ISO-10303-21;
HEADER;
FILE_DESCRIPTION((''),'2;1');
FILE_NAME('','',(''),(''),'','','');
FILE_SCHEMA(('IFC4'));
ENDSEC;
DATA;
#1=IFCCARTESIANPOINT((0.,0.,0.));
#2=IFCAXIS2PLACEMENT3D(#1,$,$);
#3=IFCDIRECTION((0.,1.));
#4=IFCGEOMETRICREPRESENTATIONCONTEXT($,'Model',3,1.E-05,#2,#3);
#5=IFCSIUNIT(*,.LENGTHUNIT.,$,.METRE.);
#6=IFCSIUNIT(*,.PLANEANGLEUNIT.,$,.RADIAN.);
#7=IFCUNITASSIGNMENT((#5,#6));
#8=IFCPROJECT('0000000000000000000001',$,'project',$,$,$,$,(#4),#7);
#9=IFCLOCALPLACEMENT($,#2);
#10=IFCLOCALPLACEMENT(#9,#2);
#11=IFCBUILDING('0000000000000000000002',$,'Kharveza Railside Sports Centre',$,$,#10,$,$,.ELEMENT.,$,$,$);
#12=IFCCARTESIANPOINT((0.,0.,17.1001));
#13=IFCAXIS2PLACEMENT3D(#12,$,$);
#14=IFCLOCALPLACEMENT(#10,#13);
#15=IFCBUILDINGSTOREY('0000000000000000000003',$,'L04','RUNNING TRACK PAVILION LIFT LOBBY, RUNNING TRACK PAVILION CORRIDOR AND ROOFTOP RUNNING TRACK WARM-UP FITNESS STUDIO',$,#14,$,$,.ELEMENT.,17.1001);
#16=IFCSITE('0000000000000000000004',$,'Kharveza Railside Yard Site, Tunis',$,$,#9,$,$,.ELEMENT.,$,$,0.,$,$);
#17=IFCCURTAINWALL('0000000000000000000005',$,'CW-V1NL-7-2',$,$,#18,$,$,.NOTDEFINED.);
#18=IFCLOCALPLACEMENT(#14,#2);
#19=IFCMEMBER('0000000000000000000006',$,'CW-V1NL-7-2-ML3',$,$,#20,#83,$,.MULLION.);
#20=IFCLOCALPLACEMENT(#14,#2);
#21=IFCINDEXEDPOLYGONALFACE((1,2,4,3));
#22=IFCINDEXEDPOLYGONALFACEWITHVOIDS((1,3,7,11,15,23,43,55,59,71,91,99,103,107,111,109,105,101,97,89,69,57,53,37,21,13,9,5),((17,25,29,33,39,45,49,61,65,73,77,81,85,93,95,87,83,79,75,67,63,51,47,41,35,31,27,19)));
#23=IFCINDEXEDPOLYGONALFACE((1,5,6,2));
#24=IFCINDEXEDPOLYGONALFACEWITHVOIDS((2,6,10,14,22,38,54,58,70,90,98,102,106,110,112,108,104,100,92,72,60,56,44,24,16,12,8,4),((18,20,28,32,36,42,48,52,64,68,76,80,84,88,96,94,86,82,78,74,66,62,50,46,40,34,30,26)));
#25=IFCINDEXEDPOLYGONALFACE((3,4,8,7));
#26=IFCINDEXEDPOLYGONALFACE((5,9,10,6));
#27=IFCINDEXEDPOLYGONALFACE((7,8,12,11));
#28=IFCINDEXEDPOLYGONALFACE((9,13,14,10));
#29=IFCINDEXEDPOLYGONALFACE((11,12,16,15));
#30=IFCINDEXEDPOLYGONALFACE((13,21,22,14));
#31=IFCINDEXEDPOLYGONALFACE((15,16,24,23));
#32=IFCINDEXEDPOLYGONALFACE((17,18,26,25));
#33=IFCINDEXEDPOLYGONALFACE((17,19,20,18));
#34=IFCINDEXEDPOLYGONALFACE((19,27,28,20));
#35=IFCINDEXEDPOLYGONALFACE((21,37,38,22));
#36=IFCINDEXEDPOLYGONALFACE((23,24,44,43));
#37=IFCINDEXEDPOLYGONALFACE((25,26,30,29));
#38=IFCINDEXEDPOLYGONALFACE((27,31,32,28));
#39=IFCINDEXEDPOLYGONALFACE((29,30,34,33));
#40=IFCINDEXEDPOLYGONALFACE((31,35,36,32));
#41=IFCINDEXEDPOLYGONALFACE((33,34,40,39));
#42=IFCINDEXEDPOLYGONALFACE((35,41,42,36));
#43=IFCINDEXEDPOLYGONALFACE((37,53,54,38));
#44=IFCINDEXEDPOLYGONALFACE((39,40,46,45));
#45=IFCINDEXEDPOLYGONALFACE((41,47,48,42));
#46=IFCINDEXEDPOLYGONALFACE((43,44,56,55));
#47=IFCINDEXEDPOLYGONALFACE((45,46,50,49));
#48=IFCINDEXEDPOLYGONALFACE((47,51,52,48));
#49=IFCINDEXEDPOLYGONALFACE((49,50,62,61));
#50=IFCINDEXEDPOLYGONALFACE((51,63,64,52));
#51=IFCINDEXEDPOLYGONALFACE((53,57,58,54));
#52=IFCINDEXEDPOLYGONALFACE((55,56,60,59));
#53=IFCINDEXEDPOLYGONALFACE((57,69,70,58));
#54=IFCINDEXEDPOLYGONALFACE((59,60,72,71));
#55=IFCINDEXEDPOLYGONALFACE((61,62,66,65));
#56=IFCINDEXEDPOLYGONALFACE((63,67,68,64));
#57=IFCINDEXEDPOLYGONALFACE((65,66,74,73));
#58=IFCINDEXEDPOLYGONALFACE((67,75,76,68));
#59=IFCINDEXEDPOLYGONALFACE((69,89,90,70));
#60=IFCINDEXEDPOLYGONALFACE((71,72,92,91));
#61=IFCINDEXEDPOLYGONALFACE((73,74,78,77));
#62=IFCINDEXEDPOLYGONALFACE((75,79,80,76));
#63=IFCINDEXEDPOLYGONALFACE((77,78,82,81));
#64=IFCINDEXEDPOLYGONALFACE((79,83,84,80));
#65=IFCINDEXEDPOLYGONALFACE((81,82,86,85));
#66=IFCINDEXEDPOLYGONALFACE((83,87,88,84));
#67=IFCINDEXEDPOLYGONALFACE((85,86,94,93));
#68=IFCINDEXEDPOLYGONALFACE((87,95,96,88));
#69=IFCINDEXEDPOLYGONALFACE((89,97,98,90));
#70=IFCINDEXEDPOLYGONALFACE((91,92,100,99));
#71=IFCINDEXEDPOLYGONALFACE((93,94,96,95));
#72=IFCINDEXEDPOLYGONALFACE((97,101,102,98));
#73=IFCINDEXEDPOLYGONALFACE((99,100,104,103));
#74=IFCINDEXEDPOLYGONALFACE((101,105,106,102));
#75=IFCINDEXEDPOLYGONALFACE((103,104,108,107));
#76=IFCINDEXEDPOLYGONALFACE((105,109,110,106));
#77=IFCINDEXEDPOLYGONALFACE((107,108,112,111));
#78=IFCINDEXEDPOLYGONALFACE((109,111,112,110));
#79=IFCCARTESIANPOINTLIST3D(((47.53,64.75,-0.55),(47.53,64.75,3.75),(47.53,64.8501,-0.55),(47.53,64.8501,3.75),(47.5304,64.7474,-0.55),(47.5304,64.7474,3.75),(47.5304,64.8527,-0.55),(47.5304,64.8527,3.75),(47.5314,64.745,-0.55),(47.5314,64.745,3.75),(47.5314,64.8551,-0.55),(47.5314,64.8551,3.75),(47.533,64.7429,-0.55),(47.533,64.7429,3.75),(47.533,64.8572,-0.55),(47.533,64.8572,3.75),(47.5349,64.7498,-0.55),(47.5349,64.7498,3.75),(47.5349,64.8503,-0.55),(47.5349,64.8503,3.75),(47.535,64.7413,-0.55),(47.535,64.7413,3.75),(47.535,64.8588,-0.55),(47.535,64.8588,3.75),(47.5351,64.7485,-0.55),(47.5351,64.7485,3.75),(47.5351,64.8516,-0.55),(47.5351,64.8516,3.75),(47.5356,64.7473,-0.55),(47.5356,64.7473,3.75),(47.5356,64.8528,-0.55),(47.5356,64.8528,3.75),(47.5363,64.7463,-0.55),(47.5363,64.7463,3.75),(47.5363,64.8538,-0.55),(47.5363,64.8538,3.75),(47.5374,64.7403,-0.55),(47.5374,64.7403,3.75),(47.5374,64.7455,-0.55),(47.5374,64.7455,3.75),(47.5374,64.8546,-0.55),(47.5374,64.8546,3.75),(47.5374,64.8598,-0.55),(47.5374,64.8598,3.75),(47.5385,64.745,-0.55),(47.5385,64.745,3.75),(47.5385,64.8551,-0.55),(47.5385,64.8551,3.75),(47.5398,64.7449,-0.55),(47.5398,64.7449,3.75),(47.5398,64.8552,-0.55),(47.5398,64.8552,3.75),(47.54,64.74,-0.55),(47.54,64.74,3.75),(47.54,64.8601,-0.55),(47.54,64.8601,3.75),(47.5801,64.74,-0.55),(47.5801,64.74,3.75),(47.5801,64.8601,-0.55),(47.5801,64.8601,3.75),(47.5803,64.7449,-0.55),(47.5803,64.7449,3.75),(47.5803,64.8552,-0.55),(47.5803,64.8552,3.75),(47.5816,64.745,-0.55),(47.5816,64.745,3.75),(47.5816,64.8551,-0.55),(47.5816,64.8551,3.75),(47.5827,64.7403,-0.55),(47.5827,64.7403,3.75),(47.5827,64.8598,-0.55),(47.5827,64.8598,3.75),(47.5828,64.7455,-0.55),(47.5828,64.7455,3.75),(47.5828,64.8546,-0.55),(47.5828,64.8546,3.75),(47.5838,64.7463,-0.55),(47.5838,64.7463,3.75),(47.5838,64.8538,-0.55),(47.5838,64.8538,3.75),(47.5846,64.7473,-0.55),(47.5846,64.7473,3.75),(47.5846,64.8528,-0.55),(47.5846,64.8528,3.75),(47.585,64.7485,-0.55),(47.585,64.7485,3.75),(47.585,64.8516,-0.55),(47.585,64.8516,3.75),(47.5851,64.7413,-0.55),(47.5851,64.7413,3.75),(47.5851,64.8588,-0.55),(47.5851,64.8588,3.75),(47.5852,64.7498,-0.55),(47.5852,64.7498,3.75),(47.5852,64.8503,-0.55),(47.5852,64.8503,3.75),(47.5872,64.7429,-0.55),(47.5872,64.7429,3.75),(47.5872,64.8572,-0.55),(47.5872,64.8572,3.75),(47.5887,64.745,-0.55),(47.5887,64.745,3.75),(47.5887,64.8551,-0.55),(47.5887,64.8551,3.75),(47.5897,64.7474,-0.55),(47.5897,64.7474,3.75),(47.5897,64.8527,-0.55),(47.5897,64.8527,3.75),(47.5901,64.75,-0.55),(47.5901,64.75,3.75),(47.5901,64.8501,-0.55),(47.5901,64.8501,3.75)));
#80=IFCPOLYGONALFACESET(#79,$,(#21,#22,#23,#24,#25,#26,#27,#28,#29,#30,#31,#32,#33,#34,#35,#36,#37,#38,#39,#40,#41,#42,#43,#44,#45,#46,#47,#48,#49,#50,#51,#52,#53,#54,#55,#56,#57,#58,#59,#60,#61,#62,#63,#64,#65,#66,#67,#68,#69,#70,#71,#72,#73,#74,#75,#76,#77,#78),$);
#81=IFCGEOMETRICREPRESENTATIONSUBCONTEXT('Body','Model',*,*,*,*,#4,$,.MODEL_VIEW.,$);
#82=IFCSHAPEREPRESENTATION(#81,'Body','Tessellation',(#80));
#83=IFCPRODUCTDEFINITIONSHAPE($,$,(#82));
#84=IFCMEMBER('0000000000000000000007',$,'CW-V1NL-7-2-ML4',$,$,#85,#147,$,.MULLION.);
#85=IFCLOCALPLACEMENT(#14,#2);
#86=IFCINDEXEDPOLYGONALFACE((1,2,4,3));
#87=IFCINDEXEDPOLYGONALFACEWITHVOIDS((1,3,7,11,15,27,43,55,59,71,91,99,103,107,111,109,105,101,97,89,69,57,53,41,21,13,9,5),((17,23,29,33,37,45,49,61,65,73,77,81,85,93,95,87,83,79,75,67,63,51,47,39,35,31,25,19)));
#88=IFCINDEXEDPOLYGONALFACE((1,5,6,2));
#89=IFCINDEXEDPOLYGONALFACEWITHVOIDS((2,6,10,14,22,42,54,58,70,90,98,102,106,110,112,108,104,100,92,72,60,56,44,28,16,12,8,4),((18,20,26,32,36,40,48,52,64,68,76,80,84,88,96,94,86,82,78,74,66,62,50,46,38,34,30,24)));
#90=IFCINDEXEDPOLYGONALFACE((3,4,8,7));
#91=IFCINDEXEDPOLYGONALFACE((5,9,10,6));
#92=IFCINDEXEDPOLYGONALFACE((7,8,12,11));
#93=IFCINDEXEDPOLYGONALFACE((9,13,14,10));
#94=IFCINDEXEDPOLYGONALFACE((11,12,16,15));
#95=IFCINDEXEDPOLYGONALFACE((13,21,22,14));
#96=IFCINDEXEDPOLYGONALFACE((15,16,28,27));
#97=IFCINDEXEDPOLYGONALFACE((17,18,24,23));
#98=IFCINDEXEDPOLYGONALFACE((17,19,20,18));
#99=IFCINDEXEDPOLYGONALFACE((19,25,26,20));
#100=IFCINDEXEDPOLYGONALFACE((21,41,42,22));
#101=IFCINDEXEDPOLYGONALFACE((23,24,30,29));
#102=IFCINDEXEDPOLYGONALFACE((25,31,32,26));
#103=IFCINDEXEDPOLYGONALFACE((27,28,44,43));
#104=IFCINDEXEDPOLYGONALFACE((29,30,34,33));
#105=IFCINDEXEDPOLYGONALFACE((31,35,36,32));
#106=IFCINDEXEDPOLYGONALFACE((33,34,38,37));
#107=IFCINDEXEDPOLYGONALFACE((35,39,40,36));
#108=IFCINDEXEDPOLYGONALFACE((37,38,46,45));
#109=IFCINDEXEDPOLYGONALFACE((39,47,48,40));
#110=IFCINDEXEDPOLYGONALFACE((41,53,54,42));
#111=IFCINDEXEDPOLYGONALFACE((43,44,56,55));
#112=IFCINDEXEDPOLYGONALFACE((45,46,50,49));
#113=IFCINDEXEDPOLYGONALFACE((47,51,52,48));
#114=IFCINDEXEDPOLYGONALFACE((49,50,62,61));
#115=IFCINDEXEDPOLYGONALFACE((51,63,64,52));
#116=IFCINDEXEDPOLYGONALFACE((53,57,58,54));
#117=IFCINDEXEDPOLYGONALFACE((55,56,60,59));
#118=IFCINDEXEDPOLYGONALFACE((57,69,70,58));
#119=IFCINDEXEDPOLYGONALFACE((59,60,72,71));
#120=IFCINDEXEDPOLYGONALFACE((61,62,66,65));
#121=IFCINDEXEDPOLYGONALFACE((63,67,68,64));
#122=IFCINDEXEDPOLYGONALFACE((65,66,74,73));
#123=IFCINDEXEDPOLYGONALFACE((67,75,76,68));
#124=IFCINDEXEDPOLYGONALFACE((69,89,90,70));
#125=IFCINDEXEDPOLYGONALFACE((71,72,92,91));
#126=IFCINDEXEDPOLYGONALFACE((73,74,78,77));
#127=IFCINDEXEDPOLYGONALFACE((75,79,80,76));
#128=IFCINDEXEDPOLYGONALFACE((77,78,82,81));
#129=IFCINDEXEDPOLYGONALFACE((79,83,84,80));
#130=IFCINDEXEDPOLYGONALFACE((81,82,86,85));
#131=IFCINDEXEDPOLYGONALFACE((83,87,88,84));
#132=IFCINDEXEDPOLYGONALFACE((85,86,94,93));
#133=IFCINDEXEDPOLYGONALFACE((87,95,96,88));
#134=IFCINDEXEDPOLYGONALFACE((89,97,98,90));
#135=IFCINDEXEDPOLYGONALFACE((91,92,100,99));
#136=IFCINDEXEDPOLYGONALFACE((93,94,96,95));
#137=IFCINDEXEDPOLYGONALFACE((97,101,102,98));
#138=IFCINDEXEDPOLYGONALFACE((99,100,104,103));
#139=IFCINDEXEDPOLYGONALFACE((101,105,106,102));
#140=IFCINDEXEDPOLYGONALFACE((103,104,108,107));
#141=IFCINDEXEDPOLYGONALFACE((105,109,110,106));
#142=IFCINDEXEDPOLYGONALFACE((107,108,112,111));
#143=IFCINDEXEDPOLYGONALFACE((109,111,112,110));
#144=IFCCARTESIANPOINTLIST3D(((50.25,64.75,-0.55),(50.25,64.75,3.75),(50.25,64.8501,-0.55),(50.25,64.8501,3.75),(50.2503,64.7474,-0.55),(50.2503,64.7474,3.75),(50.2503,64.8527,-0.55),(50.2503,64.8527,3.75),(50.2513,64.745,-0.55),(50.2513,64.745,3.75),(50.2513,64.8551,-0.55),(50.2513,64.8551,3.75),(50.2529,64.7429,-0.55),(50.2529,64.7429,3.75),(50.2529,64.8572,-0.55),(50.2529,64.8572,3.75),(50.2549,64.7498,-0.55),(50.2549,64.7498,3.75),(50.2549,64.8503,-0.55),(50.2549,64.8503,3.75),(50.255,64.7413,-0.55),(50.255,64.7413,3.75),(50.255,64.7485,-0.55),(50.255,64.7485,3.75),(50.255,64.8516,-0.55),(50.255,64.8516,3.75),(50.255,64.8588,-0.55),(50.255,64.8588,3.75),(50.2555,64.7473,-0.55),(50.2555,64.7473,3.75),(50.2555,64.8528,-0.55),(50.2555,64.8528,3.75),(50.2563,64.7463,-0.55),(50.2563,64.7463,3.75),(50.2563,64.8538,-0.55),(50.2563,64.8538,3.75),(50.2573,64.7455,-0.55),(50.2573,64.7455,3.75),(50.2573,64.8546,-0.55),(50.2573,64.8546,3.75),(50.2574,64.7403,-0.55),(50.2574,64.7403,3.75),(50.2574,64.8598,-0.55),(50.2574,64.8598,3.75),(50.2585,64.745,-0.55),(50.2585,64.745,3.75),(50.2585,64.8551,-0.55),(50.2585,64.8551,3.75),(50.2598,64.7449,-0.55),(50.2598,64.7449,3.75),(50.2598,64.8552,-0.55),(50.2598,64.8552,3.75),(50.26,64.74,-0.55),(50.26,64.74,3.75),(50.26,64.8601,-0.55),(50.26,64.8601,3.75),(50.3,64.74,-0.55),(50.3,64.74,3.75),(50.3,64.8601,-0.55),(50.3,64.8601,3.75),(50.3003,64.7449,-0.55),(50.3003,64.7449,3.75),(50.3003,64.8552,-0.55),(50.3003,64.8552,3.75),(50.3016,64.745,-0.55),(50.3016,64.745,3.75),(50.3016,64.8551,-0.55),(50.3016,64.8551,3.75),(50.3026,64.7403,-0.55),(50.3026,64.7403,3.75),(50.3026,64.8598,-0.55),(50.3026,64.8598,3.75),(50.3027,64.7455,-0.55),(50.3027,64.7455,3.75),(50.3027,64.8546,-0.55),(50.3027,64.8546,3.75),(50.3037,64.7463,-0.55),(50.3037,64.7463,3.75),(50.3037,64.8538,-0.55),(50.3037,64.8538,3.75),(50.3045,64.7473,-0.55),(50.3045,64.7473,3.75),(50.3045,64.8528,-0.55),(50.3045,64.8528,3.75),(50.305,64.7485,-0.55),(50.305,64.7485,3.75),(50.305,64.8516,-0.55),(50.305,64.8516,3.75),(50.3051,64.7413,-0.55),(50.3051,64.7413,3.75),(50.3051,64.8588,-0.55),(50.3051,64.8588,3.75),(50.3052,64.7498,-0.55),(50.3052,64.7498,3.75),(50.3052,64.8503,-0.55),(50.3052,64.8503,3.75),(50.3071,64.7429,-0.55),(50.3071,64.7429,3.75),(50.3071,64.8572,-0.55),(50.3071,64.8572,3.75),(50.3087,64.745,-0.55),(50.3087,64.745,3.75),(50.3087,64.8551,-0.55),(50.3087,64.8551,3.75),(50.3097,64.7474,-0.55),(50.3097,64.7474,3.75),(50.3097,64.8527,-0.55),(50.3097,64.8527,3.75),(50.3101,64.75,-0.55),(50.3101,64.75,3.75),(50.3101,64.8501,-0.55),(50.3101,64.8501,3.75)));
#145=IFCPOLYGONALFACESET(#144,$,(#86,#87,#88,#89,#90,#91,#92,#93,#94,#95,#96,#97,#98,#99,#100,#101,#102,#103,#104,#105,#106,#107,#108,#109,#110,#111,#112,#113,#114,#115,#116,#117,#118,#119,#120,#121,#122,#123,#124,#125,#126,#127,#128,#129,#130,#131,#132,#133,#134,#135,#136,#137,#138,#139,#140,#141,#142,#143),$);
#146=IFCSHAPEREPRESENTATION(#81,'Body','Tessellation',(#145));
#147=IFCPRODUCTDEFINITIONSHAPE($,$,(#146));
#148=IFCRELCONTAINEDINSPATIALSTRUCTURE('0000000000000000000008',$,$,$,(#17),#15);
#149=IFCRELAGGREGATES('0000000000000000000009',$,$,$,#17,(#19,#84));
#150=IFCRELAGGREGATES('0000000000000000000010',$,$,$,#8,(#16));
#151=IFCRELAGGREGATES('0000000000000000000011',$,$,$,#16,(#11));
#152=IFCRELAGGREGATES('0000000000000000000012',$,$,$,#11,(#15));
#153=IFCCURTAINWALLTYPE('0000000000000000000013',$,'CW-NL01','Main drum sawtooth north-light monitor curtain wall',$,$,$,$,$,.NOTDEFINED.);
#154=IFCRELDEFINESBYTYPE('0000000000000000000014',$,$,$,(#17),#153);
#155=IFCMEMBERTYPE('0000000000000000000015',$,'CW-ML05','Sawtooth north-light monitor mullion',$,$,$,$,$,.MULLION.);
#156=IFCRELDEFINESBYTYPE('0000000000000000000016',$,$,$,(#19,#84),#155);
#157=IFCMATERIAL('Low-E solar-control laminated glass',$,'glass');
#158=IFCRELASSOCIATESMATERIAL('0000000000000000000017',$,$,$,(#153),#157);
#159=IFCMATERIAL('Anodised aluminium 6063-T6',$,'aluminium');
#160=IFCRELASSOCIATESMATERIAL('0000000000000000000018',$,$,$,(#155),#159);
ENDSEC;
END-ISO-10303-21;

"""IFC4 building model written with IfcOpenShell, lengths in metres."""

from ifc_helpers import new_model, si_unit, direction, frame, origin, origin_2d, place, context, subcontext, project, spatial, hollow_rectangle, extrude, material, material_profile, profile_set, type_object, element, aggregate, save


model = new_model("IFC4")

# Units and contexts
model_context = context("Model", 3, precision=1e-05, world=origin(), true_north=direction((0.0, 1.0)))
body_context = subcontext(model_context, "Body", "Model", "MODEL_VIEW")
ifc_project = project(units=[si_unit("LENGTHUNIT", "METRE"), si_unit("PLANEANGLEUNIT", "RADIAN")], contexts=[model_context])

# Site, building, storey
site_placement = place(None, origin())
site = spatial("IfcSite", under=ifc_project, at=site_placement, Name="Kharveza Railside Yard Site, Tunis", CompositionType="ELEMENT", RefElevation=0.0)
building_placement = place(site_placement, origin())
building = spatial("IfcBuilding", under=site, at=building_placement, Name="Kharveza Railside Sports Centre", CompositionType="ELEMENT")
storey_placement = place(building_placement, frame((0.0, 0.0, 17.1001)))
storey = spatial("IfcBuildingStorey", under=building, at=storey_placement, Name="L04", Description="RUNNING TRACK PAVILION LIFT LOBBY, RUNNING TRACK PAVILION CORRIDOR AND ROOFTOP RUNNING TRACK WARM-UP FITNESS STUDIO", CompositionType="ELEMENT", Elevation=17.1001)

# Curtain wall, members
ifc_material_1 = material(Name="Low-E solar-control laminated glass", Category="glass")
curtain_wall_type = type_object("IfcCurtainWallType", Name="CW-NL01", Description="Main drum sawtooth north-light monitor curtain wall", PredefinedType="NOTDEFINED", material=ifc_material_1)
ifc_material_2 = material(Name="Anodised aluminium 6063-T6", Category="aluminium")
ifc_material_profile_1 = material_profile(ifc_material_2, hollow_rectangle(XDim=0.0601, YDim=0.1201, WallThickness=0.0049, InnerFilletRadius=0.0049, OuterFilletRadius=0.01, at=origin_2d()), Name="RHS 60x120x5.0")
ifc_profile_set_1 = profile_set([ifc_material_profile_1], Name="Anodised aluminium 6063-T6")
member_type_1 = type_object("IfcMemberType", Name="CW-ML05", Description="Sawtooth north-light monitor mullion", PredefinedType="MULLION", material=ifc_profile_set_1)
curtain_wall_1_placement = place(storey_placement, origin())
curtain_wall_1 = element("IfcCurtainWall", 1, at=curtain_wall_1_placement, inside=storey, type_object=curtain_wall_type, Name="CW-V1NL-7-2", PredefinedType="NOTDEFINED")
member_1_placement = place(storey_placement, frame((47.5601, 64.8, -0.55), z_axis=(0.0, 0.0, 1.0), x_axis=(1.0, 0.0, 0.0)))
member_1 = element("IfcMember", 2, at=member_1_placement, type_object=member_type_1, Name="CW-V1NL-7-2-ML3", PredefinedType="MULLION", context=body_context, shape_type="SweptSolid", body=[
    extrude(hollow_rectangle(XDim=0.0601, YDim=0.1201, WallThickness=0.0049, InnerFilletRadius=0.0049, OuterFilletRadius=0.01, at=origin_2d()), origin(), (0.0, 0.0, 1.0), 4.3),
])
member_2_placement = place(storey_placement, frame((50.28, 64.8, -0.55), z_axis=(0.0, 0.0, 1.0), x_axis=(1.0, 0.0, 0.0)))
member_2 = element("IfcMember", 3, at=member_2_placement, type_object=member_type_1, Name="CW-V1NL-7-2-ML4", PredefinedType="MULLION", context=body_context, shape_type="SweptSolid", body=[
    extrude(hollow_rectangle(XDim=0.0601, YDim=0.1201, WallThickness=0.0049, InnerFilletRadius=0.0049, OuterFilletRadius=0.01, at=origin_2d()), origin(), (0.0, 0.0, 1.0), 4.3),
])

aggregate(curtain_wall_1, [member_1, member_2])

save(model, "model.ifc")
